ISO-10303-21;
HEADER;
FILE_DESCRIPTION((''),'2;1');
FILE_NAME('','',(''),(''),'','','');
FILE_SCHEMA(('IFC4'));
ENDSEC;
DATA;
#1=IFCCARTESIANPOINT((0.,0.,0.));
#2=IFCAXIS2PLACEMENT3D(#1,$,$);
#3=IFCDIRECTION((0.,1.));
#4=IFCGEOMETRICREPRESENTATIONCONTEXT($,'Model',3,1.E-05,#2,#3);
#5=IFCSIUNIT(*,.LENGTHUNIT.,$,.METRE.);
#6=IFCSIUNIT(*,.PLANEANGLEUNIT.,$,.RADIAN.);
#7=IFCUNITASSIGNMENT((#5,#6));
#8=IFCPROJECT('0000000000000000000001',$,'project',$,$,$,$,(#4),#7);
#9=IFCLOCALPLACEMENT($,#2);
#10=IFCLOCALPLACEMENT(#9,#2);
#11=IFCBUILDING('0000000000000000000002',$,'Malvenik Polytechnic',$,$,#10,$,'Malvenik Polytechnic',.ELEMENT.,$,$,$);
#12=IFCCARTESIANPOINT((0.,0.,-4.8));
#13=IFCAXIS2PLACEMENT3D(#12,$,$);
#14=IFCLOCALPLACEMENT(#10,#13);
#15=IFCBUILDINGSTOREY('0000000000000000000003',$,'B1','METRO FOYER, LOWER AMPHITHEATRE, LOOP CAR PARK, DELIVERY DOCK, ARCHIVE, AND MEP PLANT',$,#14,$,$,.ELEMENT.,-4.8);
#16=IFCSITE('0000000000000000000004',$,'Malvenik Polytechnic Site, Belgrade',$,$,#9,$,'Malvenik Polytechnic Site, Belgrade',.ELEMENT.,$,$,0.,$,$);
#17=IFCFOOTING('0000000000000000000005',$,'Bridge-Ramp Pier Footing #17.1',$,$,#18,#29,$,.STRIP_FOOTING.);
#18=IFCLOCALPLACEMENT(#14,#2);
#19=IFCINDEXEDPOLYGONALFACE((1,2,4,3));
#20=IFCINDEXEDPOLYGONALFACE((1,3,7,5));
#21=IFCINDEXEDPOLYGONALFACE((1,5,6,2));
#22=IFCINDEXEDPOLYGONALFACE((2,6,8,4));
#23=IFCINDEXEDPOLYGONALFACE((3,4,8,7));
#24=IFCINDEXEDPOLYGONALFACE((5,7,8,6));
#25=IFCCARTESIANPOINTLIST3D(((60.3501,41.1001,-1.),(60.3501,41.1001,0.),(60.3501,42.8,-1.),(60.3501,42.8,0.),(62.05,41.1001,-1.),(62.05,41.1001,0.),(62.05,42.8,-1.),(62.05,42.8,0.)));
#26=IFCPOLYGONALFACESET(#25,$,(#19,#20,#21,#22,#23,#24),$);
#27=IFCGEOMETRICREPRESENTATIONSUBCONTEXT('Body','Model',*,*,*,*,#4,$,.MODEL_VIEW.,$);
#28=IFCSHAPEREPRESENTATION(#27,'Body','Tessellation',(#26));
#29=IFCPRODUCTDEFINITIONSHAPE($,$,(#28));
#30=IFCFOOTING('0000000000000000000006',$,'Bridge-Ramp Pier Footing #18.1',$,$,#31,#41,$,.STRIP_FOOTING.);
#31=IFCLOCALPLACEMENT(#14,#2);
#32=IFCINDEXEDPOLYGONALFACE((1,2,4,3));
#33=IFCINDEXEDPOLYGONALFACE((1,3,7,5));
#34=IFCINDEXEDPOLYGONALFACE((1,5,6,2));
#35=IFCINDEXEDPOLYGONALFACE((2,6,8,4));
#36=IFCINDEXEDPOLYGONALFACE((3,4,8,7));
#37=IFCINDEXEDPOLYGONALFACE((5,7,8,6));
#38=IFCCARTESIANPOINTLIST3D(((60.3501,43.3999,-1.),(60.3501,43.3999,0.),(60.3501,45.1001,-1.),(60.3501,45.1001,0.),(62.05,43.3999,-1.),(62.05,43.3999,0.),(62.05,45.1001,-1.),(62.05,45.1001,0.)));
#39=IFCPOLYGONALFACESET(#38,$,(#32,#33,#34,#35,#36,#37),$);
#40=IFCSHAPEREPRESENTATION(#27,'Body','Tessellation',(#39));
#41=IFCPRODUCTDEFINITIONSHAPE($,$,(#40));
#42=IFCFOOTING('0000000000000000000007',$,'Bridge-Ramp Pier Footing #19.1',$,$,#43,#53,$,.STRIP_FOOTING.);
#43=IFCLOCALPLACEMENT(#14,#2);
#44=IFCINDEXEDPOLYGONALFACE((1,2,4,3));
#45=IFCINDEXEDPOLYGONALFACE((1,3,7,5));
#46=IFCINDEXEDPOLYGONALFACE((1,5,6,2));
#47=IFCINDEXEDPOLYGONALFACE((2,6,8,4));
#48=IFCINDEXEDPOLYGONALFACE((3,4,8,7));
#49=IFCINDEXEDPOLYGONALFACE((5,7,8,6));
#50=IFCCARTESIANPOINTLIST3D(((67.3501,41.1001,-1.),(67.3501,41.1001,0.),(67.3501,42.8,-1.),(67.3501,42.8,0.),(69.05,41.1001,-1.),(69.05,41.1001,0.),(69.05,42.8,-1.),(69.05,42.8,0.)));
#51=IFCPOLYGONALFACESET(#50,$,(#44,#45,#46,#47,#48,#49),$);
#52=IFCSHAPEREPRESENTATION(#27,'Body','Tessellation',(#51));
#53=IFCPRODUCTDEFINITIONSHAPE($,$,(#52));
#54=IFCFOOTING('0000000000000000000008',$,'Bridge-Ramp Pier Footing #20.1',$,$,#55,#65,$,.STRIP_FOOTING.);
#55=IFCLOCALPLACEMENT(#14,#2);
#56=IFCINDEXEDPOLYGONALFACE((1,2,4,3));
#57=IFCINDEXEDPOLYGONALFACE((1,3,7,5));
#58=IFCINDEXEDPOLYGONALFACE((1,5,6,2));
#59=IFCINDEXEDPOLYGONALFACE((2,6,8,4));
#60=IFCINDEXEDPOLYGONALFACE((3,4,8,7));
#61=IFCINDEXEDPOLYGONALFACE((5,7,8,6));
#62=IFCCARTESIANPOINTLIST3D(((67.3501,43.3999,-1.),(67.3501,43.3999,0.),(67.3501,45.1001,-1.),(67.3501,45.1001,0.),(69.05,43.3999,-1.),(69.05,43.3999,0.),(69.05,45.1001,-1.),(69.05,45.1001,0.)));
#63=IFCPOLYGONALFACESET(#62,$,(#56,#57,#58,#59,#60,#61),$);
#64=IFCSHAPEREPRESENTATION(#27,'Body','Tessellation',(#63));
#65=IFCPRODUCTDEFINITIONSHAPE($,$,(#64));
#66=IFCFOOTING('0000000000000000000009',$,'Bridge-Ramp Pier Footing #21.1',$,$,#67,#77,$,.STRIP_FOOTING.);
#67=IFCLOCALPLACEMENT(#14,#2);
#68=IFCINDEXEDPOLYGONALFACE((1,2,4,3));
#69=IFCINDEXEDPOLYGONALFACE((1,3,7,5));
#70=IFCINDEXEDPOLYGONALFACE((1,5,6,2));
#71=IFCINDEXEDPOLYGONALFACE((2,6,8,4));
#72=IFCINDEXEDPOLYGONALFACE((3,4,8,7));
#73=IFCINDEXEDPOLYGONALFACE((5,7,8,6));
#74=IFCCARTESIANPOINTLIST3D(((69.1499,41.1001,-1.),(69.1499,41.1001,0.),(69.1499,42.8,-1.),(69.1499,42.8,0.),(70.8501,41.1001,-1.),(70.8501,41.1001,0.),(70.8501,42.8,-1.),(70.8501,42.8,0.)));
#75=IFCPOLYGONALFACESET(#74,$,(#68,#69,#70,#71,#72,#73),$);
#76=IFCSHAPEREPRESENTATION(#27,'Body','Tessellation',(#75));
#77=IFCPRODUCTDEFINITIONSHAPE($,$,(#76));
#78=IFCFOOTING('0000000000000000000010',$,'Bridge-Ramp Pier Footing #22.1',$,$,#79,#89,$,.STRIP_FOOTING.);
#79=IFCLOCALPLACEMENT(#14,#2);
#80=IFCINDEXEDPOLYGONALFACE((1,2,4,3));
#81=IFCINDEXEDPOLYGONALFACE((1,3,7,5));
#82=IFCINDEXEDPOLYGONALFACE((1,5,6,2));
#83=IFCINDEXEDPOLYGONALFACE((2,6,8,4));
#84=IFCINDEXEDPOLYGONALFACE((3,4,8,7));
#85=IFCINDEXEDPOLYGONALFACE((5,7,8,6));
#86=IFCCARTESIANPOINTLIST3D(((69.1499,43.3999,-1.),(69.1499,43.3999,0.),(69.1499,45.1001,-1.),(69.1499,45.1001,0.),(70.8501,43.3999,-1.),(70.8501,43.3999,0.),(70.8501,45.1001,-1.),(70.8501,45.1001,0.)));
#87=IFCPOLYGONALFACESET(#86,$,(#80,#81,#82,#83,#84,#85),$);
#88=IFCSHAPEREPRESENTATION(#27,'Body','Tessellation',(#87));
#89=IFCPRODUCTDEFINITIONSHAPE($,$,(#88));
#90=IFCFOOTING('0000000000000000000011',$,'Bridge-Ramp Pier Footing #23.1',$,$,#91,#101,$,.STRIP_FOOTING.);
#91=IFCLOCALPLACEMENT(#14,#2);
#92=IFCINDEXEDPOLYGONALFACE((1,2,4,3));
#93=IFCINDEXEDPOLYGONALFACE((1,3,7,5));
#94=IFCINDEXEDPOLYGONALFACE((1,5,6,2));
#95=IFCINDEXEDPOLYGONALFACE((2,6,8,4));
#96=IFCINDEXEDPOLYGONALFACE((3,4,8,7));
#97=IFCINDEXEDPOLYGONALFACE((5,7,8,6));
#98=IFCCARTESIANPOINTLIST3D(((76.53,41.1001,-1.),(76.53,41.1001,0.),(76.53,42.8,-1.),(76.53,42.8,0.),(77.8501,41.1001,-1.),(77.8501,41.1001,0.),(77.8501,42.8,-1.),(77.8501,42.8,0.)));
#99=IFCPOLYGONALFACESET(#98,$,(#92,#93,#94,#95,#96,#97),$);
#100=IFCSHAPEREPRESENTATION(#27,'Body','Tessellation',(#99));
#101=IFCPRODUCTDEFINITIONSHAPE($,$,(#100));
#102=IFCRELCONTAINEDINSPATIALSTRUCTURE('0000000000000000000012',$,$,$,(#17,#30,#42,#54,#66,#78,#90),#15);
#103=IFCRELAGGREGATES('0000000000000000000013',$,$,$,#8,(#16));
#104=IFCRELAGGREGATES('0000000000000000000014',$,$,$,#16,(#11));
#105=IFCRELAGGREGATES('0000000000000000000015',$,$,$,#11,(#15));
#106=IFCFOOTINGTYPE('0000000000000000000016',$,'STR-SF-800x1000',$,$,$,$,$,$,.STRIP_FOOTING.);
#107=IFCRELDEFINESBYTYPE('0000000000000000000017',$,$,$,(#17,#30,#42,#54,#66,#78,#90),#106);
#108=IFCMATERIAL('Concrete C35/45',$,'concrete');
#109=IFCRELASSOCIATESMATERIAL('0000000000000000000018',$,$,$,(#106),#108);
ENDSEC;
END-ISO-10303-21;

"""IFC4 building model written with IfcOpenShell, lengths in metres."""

from ifc_helpers import new_model, si_unit, direction, frame, origin, place, context, subcontext, project, spatial, polyline, outline, extrude, material, type_object, element, save


model = new_model("IFC4")

# Units and contexts
model_context = context("Model", 3, precision=1e-05, world=origin(), true_north=direction((0.0, 1.0)))
body_context = subcontext(model_context, "Body", "Model", "MODEL_VIEW")
ifc_project = project(units=[si_unit("LENGTHUNIT", "METRE"), si_unit("PLANEANGLEUNIT", "RADIAN")], contexts=[model_context])

# Site, building, storey
site_placement = place(None, origin())
site = spatial("IfcSite", under=ifc_project, at=site_placement, Name="Malvenik Polytechnic Site, Belgrade", LongName="Malvenik Polytechnic Site, Belgrade", CompositionType="ELEMENT", RefElevation=0.0)
building_placement = place(site_placement, origin())
building = spatial("IfcBuilding", under=site, at=building_placement, Name="Malvenik Polytechnic", LongName="Malvenik Polytechnic", CompositionType="ELEMENT")
storey_placement = place(building_placement, frame((0.0, 0.0, -4.8)))
storey = spatial("IfcBuildingStorey", under=building, at=storey_placement, Name="B1", Description="METRO FOYER, LOWER AMPHITHEATRE, LOOP CAR PARK, DELIVERY DOCK, ARCHIVE, AND MEP PLANT", CompositionType="ELEMENT", Elevation=-4.8)

# Footings
ifc_material = material(Name="Concrete C35/45", Category="concrete")
footing_type = type_object("IfcFootingType", Name="STR-SF-800x1000", PredefinedType="STRIP_FOOTING", material=ifc_material)
footing_1_placement = place(storey_placement, frame((0.0, 0.0, -1.0)))
element("IfcFooting", 1, at=footing_1_placement, inside=storey, type_object=footing_type, Name="Bridge-Ramp Pier Footing #17.1", PredefinedType="STRIP_FOOTING", context=body_context, shape_type="SweptSolid", body=[
    extrude(outline(polyline([(60.3501, 41.1001), (60.3501, 42.8), (62.05, 42.8), (62.05, 41.1001), (60.3501, 41.1001)])), origin(), (0.0, 0.0, 1.0), 1.0),
])
footing_2_placement = place(storey_placement, frame((0.0, 0.0, -1.0)))
element("IfcFooting", 2, at=footing_2_placement, inside=storey, type_object=footing_type, Name="Bridge-Ramp Pier Footing #18.1", PredefinedType="STRIP_FOOTING", context=body_context, shape_type="SweptSolid", body=[
    extrude(outline(polyline([(60.3501, 43.3999), (60.3501, 45.1001), (62.05, 45.1001), (62.05, 43.3999), (60.3501, 43.3999)])), origin(), (0.0, 0.0, 1.0), 1.0),
])
footing_3_placement = place(storey_placement, frame((0.0, 0.0, -1.0)))
element("IfcFooting", 3, at=footing_3_placement, inside=storey, type_object=footing_type, Name="Bridge-Ramp Pier Footing #19.1", PredefinedType="STRIP_FOOTING", context=body_context, shape_type="SweptSolid", body=[
    extrude(outline(polyline([(67.3501, 41.1001), (67.3501, 42.8), (69.05, 42.8), (69.05, 41.1001), (67.3501, 41.1001)])), origin(), (0.0, 0.0, 1.0), 1.0),
])
footing_4_placement = place(storey_placement, frame((0.0, 0.0, -1.0)))
element("IfcFooting", 4, at=footing_4_placement, inside=storey, type_object=footing_type, Name="Bridge-Ramp Pier Footing #20.1", PredefinedType="STRIP_FOOTING", context=body_context, shape_type="SweptSolid", body=[
    extrude(outline(polyline([(67.3501, 43.3999), (67.3501, 45.1001), (69.05, 45.1001), (69.05, 43.3999), (67.3501, 43.3999)])), origin(), (0.0, 0.0, 1.0), 1.0),
])
footing_5_placement = place(storey_placement, frame((0.0, 0.0, -1.0)))
element("IfcFooting", 5, at=footing_5_placement, inside=storey, type_object=footing_type, Name="Bridge-Ramp Pier Footing #21.1", PredefinedType="STRIP_FOOTING", context=body_context, shape_type="SweptSolid", body=[
    extrude(outline(polyline([(69.1499, 41.1001), (69.1499, 42.8), (70.8501, 42.8), (70.8501, 41.1001), (69.1499, 41.1001)])), origin(), (0.0, 0.0, 1.0), 1.0),
])
footing_6_placement = place(storey_placement, frame((0.0, 0.0, -1.0)))
element("IfcFooting", 6, at=footing_6_placement, inside=storey, type_object=footing_type, Name="Bridge-Ramp Pier Footing #22.1", PredefinedType="STRIP_FOOTING", context=body_context, shape_type="SweptSolid", body=[
    extrude(outline(polyline([(69.1499, 43.3999), (69.1499, 45.1001), (70.8501, 45.1001), (70.8501, 43.3999), (69.1499, 43.3999)])), origin(), (0.0, 0.0, 1.0), 1.0),
])
footing_7_placement = place(storey_placement, frame((0.0, 0.0, -1.0)))
element("IfcFooting", 7, at=footing_7_placement, inside=storey, type_object=footing_type, Name="Bridge-Ramp Pier Footing #23.1", PredefinedType="STRIP_FOOTING", context=body_context, shape_type="SweptSolid", body=[
    extrude(outline(polyline([(77.8501, 42.8), (77.8501, 41.1001), (76.53, 41.1001), (76.53, 42.8), (77.8501, 42.8)])), origin(), (0.0, 0.0, 1.0), 1.0),
])

save(model, "model.ifc")
